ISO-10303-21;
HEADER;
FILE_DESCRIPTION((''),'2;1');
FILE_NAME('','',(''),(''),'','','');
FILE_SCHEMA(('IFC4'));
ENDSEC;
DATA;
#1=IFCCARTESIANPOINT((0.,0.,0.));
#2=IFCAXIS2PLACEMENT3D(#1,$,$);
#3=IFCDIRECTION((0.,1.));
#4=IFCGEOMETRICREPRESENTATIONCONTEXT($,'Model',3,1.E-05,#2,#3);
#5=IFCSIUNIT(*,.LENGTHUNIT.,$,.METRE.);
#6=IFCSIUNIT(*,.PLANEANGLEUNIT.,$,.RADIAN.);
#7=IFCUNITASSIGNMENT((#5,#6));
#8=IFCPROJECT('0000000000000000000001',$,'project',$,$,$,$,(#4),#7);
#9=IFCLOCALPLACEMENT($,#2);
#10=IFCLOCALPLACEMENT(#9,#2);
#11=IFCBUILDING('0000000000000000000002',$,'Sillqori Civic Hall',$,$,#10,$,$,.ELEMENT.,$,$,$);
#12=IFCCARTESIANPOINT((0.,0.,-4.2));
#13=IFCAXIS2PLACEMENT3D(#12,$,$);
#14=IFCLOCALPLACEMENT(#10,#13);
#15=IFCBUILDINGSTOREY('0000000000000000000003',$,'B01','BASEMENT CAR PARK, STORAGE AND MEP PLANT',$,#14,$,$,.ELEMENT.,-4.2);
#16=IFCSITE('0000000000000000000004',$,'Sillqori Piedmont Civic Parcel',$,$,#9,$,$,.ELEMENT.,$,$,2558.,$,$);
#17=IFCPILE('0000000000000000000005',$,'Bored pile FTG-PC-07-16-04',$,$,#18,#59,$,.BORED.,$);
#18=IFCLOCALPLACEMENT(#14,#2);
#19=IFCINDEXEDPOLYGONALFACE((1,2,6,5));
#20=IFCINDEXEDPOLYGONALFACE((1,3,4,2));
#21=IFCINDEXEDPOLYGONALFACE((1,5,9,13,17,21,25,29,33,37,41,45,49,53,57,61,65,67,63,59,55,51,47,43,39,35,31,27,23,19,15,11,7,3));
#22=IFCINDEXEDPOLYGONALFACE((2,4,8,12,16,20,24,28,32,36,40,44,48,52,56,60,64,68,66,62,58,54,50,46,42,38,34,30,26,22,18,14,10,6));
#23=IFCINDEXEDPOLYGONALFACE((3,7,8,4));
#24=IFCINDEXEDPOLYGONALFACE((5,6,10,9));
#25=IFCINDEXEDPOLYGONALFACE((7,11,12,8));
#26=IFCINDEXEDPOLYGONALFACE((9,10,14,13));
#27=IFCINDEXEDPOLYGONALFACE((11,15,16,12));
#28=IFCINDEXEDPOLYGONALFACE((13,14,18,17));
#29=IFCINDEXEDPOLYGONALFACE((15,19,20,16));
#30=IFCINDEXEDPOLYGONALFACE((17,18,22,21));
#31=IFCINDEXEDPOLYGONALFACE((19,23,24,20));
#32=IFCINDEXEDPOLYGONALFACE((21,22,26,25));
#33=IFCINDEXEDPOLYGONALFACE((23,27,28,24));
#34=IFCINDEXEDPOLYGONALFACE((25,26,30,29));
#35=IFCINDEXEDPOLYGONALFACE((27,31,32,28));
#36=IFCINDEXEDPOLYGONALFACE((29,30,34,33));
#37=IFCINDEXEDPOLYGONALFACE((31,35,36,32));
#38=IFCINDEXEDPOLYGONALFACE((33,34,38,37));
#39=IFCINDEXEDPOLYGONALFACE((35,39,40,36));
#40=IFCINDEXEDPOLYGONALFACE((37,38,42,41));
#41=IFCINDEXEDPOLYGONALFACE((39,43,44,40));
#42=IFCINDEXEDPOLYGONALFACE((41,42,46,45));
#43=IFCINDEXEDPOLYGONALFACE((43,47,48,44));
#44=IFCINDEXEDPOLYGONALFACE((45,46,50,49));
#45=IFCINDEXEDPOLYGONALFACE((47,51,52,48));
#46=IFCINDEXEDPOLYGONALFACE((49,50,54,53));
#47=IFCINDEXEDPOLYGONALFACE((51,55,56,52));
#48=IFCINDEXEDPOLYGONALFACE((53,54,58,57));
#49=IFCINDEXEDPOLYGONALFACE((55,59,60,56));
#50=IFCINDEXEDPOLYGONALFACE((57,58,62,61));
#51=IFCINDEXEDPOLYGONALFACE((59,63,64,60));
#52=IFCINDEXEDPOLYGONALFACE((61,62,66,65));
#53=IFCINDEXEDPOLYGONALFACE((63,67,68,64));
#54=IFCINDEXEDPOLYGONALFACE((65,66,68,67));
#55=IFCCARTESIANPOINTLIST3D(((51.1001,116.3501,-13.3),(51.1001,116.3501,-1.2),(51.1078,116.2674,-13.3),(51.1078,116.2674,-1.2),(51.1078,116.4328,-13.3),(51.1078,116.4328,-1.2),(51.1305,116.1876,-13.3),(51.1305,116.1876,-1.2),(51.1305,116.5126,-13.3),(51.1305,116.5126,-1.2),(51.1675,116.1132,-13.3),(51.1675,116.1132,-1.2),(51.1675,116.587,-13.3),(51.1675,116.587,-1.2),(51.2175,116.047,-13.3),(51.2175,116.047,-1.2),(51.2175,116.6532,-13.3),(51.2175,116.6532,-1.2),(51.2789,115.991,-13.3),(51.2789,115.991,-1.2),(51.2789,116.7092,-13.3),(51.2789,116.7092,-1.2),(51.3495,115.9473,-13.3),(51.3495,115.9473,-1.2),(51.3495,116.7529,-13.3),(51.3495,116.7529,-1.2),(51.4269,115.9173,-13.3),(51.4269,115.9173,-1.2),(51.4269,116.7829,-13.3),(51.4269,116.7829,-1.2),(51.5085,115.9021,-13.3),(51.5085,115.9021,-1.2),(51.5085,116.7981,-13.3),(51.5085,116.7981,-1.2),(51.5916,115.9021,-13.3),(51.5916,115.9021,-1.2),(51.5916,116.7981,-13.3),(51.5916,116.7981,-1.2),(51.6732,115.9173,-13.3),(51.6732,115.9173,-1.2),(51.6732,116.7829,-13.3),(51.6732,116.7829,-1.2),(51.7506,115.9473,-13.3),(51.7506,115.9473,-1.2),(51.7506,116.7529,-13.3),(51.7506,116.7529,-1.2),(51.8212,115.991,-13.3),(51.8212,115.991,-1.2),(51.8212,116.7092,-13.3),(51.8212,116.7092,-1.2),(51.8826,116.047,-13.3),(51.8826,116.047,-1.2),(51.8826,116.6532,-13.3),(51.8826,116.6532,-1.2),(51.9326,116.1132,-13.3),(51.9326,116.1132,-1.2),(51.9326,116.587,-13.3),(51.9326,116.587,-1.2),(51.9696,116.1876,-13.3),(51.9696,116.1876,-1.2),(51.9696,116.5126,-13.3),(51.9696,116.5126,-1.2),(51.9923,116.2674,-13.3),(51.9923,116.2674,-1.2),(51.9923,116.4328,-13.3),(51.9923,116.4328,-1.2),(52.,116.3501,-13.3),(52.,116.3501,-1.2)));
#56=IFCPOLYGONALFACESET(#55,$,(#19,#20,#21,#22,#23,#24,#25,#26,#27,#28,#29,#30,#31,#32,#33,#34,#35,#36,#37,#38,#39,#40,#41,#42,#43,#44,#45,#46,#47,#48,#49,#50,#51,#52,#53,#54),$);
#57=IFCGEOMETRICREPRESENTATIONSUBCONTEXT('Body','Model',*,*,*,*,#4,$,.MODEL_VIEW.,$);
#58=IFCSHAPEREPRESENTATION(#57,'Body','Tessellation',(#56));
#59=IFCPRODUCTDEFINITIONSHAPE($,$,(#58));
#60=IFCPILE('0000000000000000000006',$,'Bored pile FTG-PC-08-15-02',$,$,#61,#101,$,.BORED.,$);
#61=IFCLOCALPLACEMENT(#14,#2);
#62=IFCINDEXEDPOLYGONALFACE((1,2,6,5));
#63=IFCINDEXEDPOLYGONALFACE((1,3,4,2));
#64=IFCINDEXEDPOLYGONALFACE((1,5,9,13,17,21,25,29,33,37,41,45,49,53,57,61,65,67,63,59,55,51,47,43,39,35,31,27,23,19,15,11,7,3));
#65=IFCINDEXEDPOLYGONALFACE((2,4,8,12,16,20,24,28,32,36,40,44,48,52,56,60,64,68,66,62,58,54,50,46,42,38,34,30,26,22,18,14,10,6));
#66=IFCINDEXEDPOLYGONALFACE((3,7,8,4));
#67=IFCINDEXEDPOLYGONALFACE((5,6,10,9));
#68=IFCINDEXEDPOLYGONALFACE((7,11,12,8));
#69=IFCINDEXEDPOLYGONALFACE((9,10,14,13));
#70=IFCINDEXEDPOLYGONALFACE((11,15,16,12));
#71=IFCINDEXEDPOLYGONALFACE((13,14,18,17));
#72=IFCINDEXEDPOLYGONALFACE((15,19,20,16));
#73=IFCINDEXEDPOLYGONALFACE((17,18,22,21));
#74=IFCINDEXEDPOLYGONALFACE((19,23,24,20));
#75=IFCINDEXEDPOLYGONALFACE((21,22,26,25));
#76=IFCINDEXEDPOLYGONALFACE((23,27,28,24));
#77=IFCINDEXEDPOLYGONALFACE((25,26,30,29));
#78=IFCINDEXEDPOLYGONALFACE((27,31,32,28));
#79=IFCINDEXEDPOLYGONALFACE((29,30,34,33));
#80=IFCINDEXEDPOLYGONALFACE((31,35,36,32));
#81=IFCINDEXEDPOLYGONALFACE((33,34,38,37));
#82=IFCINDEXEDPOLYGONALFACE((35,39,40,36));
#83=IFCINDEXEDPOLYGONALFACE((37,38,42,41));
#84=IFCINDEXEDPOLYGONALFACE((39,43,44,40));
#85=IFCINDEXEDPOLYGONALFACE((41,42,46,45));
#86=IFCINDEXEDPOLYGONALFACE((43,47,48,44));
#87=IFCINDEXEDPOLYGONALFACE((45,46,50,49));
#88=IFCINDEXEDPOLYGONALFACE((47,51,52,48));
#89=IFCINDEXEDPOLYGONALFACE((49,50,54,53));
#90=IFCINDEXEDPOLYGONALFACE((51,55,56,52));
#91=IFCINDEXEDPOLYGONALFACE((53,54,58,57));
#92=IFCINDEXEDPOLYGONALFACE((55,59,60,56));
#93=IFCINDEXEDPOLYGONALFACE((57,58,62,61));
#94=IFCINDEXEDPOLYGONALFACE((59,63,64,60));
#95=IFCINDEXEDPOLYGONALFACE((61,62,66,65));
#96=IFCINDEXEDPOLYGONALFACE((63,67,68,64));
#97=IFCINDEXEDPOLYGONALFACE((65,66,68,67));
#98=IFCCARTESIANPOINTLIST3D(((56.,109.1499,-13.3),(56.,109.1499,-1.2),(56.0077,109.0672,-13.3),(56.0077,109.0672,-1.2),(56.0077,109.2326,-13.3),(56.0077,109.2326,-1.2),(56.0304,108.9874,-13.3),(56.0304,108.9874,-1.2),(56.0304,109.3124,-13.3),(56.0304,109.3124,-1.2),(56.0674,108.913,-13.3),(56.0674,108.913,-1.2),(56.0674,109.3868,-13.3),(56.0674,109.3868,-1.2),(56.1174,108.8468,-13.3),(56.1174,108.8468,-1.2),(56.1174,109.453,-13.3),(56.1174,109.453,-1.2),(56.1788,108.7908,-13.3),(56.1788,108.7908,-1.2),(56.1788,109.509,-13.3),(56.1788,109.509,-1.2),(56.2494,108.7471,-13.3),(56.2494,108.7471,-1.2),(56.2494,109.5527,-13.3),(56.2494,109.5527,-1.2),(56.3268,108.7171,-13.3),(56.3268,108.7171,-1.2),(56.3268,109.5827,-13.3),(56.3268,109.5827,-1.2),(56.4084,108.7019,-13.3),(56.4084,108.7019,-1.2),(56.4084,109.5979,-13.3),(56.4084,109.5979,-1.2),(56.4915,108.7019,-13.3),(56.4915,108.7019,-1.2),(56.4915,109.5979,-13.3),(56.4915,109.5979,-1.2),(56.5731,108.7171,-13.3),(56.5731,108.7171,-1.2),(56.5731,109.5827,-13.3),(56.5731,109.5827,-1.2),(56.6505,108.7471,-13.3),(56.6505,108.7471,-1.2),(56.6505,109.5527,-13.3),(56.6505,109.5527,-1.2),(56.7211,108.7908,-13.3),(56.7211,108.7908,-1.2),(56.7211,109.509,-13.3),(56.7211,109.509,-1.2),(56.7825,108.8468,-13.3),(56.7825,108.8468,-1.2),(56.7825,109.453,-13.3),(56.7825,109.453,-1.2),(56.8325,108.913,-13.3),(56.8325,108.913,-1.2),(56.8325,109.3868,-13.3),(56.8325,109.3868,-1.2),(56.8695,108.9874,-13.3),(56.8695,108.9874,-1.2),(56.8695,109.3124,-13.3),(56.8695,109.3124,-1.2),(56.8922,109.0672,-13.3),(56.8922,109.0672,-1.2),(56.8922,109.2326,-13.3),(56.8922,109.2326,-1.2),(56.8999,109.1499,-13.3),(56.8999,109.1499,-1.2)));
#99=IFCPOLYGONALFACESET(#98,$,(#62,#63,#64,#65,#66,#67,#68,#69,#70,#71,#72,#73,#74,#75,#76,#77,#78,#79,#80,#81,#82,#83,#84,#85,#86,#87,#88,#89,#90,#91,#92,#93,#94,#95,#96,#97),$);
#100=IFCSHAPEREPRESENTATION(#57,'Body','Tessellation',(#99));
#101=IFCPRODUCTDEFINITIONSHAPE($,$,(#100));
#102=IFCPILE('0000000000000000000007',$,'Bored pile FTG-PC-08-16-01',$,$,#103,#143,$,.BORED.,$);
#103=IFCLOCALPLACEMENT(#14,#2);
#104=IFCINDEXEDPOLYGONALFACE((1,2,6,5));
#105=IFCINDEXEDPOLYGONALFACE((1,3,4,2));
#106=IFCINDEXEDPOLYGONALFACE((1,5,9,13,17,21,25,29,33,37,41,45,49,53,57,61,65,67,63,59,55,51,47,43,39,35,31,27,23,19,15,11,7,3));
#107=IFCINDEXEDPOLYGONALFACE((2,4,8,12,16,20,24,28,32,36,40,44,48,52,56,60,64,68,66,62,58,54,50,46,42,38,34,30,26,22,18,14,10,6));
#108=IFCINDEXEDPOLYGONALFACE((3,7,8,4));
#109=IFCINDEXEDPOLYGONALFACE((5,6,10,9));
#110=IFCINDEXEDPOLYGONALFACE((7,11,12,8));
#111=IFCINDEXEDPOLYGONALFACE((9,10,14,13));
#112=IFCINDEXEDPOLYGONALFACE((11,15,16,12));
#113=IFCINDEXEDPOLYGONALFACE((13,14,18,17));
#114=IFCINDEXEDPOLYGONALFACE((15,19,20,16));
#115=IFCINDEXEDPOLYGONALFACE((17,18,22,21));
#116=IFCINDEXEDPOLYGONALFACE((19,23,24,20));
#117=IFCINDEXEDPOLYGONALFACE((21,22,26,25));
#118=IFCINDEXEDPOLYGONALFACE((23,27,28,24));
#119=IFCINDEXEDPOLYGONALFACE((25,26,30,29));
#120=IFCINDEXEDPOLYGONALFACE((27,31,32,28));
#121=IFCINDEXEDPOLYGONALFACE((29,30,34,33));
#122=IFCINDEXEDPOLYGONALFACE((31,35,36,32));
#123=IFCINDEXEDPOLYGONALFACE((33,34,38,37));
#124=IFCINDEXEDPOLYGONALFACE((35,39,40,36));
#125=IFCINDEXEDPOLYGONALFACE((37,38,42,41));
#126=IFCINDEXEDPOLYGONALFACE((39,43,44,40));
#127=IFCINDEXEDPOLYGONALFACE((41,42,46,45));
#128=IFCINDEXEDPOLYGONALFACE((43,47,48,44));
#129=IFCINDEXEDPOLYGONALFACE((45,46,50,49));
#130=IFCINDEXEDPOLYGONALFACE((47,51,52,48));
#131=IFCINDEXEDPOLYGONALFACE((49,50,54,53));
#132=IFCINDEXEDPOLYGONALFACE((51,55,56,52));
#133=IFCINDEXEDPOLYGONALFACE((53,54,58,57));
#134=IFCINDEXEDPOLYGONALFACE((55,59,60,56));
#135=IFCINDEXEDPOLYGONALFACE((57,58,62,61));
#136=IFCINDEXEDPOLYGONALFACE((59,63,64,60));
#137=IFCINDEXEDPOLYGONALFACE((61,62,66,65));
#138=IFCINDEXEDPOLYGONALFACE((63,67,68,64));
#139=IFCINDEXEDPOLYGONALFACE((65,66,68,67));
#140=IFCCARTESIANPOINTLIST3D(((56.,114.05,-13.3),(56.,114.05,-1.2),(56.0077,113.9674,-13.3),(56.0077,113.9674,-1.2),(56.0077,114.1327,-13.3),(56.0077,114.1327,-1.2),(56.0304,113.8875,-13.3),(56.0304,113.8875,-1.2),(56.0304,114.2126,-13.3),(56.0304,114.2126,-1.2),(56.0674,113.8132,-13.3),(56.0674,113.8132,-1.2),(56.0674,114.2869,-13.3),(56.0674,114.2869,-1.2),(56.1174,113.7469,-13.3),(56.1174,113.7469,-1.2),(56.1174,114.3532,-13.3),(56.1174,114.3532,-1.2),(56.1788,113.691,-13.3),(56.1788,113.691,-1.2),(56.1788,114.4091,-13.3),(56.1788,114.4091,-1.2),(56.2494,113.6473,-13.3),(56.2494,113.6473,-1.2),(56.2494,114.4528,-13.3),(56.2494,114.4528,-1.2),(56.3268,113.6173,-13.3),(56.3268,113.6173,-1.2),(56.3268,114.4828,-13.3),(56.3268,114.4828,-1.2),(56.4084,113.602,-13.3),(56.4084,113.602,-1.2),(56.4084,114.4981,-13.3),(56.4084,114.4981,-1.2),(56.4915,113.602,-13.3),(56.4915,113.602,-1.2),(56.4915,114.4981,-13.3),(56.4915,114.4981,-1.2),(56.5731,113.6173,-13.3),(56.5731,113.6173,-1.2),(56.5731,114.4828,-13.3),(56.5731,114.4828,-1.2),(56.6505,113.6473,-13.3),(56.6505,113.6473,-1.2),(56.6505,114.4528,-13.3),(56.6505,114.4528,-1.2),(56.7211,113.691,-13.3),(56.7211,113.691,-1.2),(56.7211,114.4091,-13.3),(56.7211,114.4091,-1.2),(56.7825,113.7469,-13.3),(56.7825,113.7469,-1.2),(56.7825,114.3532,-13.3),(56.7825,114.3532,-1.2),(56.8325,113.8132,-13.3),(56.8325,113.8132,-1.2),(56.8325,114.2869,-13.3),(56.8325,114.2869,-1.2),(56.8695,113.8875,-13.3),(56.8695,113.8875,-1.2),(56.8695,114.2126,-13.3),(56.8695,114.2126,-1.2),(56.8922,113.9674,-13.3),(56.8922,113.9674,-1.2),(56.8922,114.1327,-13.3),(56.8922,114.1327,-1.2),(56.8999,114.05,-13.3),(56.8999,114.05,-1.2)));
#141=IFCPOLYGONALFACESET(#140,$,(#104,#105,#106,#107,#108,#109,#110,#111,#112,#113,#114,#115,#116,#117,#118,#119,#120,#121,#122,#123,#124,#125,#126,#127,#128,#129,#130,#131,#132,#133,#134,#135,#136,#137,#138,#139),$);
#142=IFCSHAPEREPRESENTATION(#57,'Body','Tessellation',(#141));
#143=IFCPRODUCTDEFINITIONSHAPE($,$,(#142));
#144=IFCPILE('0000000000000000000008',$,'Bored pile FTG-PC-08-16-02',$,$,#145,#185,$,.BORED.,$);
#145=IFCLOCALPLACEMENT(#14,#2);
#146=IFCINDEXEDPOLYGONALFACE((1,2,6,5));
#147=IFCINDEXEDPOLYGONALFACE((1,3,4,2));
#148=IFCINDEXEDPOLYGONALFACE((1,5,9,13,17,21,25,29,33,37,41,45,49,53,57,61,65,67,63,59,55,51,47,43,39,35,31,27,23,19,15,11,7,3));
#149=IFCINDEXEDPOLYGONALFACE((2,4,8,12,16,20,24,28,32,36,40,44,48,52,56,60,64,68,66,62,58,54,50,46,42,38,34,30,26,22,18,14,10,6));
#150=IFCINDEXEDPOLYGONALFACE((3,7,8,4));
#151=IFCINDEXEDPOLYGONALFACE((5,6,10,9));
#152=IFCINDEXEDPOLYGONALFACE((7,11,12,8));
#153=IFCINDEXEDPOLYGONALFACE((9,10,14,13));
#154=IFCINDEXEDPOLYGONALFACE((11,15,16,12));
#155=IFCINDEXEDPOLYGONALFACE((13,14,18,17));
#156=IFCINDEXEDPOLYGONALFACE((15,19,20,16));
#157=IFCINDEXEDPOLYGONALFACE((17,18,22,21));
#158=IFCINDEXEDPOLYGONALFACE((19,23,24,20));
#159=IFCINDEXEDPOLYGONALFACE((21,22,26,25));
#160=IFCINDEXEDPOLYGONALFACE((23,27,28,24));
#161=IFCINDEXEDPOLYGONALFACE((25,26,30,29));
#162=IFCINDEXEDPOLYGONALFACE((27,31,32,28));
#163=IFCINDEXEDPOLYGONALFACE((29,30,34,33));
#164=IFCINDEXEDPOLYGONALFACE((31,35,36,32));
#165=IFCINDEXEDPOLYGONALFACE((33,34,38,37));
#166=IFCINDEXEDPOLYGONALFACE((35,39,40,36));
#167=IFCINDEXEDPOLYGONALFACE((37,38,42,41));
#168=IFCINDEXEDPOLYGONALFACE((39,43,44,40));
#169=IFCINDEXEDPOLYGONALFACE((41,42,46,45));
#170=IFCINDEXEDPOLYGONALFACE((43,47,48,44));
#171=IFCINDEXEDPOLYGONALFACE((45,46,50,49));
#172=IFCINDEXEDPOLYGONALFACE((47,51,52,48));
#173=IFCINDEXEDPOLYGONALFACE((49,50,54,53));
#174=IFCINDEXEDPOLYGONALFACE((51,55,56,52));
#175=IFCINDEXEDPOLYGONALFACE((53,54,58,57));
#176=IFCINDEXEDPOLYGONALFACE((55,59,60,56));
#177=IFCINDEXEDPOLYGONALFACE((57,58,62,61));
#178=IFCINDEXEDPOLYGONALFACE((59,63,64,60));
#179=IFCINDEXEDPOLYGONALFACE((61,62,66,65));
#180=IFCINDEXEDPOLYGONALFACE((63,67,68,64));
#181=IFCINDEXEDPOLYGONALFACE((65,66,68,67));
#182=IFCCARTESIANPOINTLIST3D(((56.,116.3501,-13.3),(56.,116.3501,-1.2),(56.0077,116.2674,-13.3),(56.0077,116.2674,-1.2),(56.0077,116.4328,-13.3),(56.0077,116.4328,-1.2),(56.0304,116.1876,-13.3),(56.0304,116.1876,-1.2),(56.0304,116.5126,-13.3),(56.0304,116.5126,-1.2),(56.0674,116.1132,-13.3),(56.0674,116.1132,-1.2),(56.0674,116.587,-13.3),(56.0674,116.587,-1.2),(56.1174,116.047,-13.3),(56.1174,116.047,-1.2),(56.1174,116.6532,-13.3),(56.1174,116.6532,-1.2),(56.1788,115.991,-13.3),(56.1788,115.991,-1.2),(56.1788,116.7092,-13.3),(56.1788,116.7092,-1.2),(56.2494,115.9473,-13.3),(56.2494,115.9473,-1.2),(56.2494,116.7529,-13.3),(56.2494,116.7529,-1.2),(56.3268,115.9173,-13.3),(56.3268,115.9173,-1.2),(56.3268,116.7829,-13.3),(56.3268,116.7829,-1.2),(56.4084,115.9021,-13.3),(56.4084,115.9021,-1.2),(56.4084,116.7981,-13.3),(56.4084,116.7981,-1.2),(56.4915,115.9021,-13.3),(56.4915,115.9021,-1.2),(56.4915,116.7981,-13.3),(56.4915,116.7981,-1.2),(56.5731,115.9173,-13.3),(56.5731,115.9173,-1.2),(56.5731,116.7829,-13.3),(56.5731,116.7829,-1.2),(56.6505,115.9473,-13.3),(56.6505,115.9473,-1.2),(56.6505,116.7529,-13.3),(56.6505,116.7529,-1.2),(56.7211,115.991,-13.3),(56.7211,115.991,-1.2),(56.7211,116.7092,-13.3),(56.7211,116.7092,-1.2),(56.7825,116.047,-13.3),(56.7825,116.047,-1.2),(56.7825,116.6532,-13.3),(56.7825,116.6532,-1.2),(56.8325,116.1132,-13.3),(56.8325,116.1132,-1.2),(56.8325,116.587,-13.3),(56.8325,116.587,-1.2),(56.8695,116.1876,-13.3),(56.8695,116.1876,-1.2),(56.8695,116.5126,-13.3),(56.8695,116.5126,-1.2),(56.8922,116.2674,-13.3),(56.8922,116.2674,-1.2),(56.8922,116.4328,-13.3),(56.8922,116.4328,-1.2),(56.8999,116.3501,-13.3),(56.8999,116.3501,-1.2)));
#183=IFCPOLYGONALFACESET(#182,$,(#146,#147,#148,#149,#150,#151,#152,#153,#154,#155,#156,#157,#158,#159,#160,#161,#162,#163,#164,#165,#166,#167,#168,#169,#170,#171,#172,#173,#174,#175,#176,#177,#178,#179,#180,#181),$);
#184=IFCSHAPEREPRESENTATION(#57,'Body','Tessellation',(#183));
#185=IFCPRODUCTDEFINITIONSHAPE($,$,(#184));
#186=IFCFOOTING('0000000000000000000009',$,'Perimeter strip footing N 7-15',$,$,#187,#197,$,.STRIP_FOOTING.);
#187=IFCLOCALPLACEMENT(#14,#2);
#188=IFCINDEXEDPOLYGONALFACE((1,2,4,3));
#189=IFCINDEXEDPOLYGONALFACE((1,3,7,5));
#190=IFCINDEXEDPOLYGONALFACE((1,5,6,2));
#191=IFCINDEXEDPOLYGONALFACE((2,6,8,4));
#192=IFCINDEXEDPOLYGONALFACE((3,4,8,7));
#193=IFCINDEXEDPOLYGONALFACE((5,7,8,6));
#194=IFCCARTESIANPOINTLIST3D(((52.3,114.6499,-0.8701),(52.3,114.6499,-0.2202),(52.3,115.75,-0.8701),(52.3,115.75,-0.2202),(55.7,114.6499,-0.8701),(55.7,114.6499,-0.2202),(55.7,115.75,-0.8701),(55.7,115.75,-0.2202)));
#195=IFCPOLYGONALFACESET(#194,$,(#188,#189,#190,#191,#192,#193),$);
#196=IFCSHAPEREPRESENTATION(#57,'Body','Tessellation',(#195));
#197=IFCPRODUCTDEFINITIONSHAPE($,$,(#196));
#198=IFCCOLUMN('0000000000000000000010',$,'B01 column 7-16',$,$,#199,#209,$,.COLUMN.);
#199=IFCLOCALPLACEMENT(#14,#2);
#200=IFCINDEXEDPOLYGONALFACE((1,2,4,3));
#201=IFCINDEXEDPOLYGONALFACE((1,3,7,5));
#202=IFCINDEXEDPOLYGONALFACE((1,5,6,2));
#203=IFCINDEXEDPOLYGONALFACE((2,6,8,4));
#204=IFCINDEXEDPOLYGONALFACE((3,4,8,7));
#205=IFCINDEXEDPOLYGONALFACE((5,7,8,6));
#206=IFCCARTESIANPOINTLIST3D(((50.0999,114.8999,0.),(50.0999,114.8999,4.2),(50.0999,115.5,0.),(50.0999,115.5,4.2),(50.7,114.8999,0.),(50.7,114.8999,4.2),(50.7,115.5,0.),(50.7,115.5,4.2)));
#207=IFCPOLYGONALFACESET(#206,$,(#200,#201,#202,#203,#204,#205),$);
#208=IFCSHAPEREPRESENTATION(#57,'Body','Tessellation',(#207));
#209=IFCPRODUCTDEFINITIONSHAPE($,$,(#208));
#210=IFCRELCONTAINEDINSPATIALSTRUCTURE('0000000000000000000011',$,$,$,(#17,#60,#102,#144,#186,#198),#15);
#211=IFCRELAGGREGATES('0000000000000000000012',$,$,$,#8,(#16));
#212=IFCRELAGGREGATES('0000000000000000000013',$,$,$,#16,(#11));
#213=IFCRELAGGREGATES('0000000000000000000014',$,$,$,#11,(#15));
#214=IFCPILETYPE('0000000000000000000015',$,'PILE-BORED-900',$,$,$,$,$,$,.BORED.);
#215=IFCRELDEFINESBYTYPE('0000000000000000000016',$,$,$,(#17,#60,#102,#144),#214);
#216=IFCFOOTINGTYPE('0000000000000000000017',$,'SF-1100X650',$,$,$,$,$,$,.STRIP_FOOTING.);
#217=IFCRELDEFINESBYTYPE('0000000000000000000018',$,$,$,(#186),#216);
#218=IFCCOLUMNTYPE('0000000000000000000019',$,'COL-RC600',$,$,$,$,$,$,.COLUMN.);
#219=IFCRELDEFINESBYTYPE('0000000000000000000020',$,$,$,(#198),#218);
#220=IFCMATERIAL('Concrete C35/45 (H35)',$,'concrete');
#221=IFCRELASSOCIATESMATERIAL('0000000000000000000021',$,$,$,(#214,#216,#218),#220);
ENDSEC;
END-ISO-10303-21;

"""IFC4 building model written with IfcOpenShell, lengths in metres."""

from ifc_helpers import new_model, si_unit, direction, frame, origin, origin_2d, place, context, subcontext, project, spatial, rectangle, circle, extrude, material, material_profile, profile_set, type_object, element, save


model = new_model("IFC4")

# Units and contexts
model_context = context("Model", 3, precision=1e-05, world=origin(), true_north=direction((0.0, 1.0)))
body_context = subcontext(model_context, "Body", "Model", "MODEL_VIEW")
ifc_project = project(units=[si_unit("LENGTHUNIT", "METRE"), si_unit("PLANEANGLEUNIT", "RADIAN")], contexts=[model_context])

# Site, building, storey
site_placement = place(None, origin())
site = spatial("IfcSite", under=ifc_project, at=site_placement, Name="Sillqori Piedmont Civic Parcel", CompositionType="ELEMENT", RefElevation=2558.0)
building_placement = place(site_placement, origin())
building = spatial("IfcBuilding", under=site, at=building_placement, Name="Sillqori Civic Hall", CompositionType="ELEMENT")
storey_placement = place(building_placement, frame((0.0, 0.0, -4.2)))
storey = spatial("IfcBuildingStorey", under=building, at=storey_placement, Name="B01", Description="BASEMENT CAR PARK, STORAGE AND MEP PLANT", CompositionType="ELEMENT", Elevation=-4.2)

# Shared definitions
ifc_material_1 = material(Name="Concrete C35/45 (H35)", Category="concrete")

# Piles
ifc_material_profile_1 = material_profile(ifc_material_1, circle(Radius=0.45, at=origin_2d()), Name="BORED PILE 900")
ifc_profile_set_1 = profile_set([ifc_material_profile_1], Name="Concrete C35/45 (H35)")
pile_type = type_object("IfcPileType", Name="PILE-BORED-900", PredefinedType="BORED", material=ifc_profile_set_1)
for number, where, z_axis, x_axis, name in (
    (1, (51.55, 116.3501, -1.2), (0.0, 0.0, -1.0), (1.0, 0.0, 0.0), "Bored pile FTG-PC-07-16-04"),
    (2, (56.45, 109.1499, -1.2), (0.0, 0.0, -1.0), (1.0, 0.0, 0.0), "Bored pile FTG-PC-08-15-02"),
    (3, (56.45, 114.05, -1.2), (0.0, 0.0, -1.0), (1.0, 0.0, 0.0), "Bored pile FTG-PC-08-16-01"),
    (4, (56.45, 116.3501, -1.2), (0.0, 0.0, -1.0), (1.0, 0.0, 0.0), "Bored pile FTG-PC-08-16-02"),
):
    element("IfcPile", number, at=place(storey_placement, frame(where, z_axis=z_axis, x_axis=x_axis)), inside=storey, type_object=pile_type, Name=name, PredefinedType="BORED", context=body_context, shape_type="SweptSolid", body=[
        extrude(circle(Radius=0.45, at=origin_2d()), origin(), (0.0, 0.0, 1.0), 12.1001),
    ])

# Footing
footing_type_1 = type_object("IfcFootingType", Name="SF-1100X650", PredefinedType="STRIP_FOOTING", material=ifc_material_1)
footing_1_placement = place(storey_placement, frame((54.0, 115.2, -0.8701), z_axis=(0.0, 0.0, 1.0), x_axis=(1.0, 0.0, 0.0)))
element("IfcFooting", 5, at=footing_1_placement, inside=storey, type_object=footing_type_1, Name="Perimeter strip footing N 7-15", PredefinedType="STRIP_FOOTING", context=body_context, shape_type="SweptSolid", body=[
    extrude(rectangle(XDim=3.3999, YDim=1.1001, at=origin_2d()), origin(), (0.0, 0.0, 1.0), 0.6499),
])

# Column
ifc_material_profile_2 = material_profile(ifc_material_1, rectangle(XDim=0.6001, YDim=0.6001, at=origin_2d()), Name="RC 600x600")
ifc_profile_set_2 = profile_set([ifc_material_profile_2], Name="Concrete C35/45 (H35)")
column_type_1 = type_object("IfcColumnType", Name="COL-RC600", PredefinedType="COLUMN", material=ifc_profile_set_2)
column_1_placement = place(storey_placement, frame((50.3999, 115.2, 0.0), z_axis=(0.0, 0.0, 1.0), x_axis=(1.0, 0.0, 0.0)))
element("IfcColumn", 6, at=column_1_placement, inside=storey, type_object=column_type_1, Name="B01 column 7-16", PredefinedType="COLUMN", context=body_context, shape_type="SweptSolid", body=[
    extrude(rectangle(XDim=0.6001, YDim=0.6001, at=origin_2d()), origin(), (0.0, 0.0, 1.0), 4.2),
])

save(model, "model.ifc")
